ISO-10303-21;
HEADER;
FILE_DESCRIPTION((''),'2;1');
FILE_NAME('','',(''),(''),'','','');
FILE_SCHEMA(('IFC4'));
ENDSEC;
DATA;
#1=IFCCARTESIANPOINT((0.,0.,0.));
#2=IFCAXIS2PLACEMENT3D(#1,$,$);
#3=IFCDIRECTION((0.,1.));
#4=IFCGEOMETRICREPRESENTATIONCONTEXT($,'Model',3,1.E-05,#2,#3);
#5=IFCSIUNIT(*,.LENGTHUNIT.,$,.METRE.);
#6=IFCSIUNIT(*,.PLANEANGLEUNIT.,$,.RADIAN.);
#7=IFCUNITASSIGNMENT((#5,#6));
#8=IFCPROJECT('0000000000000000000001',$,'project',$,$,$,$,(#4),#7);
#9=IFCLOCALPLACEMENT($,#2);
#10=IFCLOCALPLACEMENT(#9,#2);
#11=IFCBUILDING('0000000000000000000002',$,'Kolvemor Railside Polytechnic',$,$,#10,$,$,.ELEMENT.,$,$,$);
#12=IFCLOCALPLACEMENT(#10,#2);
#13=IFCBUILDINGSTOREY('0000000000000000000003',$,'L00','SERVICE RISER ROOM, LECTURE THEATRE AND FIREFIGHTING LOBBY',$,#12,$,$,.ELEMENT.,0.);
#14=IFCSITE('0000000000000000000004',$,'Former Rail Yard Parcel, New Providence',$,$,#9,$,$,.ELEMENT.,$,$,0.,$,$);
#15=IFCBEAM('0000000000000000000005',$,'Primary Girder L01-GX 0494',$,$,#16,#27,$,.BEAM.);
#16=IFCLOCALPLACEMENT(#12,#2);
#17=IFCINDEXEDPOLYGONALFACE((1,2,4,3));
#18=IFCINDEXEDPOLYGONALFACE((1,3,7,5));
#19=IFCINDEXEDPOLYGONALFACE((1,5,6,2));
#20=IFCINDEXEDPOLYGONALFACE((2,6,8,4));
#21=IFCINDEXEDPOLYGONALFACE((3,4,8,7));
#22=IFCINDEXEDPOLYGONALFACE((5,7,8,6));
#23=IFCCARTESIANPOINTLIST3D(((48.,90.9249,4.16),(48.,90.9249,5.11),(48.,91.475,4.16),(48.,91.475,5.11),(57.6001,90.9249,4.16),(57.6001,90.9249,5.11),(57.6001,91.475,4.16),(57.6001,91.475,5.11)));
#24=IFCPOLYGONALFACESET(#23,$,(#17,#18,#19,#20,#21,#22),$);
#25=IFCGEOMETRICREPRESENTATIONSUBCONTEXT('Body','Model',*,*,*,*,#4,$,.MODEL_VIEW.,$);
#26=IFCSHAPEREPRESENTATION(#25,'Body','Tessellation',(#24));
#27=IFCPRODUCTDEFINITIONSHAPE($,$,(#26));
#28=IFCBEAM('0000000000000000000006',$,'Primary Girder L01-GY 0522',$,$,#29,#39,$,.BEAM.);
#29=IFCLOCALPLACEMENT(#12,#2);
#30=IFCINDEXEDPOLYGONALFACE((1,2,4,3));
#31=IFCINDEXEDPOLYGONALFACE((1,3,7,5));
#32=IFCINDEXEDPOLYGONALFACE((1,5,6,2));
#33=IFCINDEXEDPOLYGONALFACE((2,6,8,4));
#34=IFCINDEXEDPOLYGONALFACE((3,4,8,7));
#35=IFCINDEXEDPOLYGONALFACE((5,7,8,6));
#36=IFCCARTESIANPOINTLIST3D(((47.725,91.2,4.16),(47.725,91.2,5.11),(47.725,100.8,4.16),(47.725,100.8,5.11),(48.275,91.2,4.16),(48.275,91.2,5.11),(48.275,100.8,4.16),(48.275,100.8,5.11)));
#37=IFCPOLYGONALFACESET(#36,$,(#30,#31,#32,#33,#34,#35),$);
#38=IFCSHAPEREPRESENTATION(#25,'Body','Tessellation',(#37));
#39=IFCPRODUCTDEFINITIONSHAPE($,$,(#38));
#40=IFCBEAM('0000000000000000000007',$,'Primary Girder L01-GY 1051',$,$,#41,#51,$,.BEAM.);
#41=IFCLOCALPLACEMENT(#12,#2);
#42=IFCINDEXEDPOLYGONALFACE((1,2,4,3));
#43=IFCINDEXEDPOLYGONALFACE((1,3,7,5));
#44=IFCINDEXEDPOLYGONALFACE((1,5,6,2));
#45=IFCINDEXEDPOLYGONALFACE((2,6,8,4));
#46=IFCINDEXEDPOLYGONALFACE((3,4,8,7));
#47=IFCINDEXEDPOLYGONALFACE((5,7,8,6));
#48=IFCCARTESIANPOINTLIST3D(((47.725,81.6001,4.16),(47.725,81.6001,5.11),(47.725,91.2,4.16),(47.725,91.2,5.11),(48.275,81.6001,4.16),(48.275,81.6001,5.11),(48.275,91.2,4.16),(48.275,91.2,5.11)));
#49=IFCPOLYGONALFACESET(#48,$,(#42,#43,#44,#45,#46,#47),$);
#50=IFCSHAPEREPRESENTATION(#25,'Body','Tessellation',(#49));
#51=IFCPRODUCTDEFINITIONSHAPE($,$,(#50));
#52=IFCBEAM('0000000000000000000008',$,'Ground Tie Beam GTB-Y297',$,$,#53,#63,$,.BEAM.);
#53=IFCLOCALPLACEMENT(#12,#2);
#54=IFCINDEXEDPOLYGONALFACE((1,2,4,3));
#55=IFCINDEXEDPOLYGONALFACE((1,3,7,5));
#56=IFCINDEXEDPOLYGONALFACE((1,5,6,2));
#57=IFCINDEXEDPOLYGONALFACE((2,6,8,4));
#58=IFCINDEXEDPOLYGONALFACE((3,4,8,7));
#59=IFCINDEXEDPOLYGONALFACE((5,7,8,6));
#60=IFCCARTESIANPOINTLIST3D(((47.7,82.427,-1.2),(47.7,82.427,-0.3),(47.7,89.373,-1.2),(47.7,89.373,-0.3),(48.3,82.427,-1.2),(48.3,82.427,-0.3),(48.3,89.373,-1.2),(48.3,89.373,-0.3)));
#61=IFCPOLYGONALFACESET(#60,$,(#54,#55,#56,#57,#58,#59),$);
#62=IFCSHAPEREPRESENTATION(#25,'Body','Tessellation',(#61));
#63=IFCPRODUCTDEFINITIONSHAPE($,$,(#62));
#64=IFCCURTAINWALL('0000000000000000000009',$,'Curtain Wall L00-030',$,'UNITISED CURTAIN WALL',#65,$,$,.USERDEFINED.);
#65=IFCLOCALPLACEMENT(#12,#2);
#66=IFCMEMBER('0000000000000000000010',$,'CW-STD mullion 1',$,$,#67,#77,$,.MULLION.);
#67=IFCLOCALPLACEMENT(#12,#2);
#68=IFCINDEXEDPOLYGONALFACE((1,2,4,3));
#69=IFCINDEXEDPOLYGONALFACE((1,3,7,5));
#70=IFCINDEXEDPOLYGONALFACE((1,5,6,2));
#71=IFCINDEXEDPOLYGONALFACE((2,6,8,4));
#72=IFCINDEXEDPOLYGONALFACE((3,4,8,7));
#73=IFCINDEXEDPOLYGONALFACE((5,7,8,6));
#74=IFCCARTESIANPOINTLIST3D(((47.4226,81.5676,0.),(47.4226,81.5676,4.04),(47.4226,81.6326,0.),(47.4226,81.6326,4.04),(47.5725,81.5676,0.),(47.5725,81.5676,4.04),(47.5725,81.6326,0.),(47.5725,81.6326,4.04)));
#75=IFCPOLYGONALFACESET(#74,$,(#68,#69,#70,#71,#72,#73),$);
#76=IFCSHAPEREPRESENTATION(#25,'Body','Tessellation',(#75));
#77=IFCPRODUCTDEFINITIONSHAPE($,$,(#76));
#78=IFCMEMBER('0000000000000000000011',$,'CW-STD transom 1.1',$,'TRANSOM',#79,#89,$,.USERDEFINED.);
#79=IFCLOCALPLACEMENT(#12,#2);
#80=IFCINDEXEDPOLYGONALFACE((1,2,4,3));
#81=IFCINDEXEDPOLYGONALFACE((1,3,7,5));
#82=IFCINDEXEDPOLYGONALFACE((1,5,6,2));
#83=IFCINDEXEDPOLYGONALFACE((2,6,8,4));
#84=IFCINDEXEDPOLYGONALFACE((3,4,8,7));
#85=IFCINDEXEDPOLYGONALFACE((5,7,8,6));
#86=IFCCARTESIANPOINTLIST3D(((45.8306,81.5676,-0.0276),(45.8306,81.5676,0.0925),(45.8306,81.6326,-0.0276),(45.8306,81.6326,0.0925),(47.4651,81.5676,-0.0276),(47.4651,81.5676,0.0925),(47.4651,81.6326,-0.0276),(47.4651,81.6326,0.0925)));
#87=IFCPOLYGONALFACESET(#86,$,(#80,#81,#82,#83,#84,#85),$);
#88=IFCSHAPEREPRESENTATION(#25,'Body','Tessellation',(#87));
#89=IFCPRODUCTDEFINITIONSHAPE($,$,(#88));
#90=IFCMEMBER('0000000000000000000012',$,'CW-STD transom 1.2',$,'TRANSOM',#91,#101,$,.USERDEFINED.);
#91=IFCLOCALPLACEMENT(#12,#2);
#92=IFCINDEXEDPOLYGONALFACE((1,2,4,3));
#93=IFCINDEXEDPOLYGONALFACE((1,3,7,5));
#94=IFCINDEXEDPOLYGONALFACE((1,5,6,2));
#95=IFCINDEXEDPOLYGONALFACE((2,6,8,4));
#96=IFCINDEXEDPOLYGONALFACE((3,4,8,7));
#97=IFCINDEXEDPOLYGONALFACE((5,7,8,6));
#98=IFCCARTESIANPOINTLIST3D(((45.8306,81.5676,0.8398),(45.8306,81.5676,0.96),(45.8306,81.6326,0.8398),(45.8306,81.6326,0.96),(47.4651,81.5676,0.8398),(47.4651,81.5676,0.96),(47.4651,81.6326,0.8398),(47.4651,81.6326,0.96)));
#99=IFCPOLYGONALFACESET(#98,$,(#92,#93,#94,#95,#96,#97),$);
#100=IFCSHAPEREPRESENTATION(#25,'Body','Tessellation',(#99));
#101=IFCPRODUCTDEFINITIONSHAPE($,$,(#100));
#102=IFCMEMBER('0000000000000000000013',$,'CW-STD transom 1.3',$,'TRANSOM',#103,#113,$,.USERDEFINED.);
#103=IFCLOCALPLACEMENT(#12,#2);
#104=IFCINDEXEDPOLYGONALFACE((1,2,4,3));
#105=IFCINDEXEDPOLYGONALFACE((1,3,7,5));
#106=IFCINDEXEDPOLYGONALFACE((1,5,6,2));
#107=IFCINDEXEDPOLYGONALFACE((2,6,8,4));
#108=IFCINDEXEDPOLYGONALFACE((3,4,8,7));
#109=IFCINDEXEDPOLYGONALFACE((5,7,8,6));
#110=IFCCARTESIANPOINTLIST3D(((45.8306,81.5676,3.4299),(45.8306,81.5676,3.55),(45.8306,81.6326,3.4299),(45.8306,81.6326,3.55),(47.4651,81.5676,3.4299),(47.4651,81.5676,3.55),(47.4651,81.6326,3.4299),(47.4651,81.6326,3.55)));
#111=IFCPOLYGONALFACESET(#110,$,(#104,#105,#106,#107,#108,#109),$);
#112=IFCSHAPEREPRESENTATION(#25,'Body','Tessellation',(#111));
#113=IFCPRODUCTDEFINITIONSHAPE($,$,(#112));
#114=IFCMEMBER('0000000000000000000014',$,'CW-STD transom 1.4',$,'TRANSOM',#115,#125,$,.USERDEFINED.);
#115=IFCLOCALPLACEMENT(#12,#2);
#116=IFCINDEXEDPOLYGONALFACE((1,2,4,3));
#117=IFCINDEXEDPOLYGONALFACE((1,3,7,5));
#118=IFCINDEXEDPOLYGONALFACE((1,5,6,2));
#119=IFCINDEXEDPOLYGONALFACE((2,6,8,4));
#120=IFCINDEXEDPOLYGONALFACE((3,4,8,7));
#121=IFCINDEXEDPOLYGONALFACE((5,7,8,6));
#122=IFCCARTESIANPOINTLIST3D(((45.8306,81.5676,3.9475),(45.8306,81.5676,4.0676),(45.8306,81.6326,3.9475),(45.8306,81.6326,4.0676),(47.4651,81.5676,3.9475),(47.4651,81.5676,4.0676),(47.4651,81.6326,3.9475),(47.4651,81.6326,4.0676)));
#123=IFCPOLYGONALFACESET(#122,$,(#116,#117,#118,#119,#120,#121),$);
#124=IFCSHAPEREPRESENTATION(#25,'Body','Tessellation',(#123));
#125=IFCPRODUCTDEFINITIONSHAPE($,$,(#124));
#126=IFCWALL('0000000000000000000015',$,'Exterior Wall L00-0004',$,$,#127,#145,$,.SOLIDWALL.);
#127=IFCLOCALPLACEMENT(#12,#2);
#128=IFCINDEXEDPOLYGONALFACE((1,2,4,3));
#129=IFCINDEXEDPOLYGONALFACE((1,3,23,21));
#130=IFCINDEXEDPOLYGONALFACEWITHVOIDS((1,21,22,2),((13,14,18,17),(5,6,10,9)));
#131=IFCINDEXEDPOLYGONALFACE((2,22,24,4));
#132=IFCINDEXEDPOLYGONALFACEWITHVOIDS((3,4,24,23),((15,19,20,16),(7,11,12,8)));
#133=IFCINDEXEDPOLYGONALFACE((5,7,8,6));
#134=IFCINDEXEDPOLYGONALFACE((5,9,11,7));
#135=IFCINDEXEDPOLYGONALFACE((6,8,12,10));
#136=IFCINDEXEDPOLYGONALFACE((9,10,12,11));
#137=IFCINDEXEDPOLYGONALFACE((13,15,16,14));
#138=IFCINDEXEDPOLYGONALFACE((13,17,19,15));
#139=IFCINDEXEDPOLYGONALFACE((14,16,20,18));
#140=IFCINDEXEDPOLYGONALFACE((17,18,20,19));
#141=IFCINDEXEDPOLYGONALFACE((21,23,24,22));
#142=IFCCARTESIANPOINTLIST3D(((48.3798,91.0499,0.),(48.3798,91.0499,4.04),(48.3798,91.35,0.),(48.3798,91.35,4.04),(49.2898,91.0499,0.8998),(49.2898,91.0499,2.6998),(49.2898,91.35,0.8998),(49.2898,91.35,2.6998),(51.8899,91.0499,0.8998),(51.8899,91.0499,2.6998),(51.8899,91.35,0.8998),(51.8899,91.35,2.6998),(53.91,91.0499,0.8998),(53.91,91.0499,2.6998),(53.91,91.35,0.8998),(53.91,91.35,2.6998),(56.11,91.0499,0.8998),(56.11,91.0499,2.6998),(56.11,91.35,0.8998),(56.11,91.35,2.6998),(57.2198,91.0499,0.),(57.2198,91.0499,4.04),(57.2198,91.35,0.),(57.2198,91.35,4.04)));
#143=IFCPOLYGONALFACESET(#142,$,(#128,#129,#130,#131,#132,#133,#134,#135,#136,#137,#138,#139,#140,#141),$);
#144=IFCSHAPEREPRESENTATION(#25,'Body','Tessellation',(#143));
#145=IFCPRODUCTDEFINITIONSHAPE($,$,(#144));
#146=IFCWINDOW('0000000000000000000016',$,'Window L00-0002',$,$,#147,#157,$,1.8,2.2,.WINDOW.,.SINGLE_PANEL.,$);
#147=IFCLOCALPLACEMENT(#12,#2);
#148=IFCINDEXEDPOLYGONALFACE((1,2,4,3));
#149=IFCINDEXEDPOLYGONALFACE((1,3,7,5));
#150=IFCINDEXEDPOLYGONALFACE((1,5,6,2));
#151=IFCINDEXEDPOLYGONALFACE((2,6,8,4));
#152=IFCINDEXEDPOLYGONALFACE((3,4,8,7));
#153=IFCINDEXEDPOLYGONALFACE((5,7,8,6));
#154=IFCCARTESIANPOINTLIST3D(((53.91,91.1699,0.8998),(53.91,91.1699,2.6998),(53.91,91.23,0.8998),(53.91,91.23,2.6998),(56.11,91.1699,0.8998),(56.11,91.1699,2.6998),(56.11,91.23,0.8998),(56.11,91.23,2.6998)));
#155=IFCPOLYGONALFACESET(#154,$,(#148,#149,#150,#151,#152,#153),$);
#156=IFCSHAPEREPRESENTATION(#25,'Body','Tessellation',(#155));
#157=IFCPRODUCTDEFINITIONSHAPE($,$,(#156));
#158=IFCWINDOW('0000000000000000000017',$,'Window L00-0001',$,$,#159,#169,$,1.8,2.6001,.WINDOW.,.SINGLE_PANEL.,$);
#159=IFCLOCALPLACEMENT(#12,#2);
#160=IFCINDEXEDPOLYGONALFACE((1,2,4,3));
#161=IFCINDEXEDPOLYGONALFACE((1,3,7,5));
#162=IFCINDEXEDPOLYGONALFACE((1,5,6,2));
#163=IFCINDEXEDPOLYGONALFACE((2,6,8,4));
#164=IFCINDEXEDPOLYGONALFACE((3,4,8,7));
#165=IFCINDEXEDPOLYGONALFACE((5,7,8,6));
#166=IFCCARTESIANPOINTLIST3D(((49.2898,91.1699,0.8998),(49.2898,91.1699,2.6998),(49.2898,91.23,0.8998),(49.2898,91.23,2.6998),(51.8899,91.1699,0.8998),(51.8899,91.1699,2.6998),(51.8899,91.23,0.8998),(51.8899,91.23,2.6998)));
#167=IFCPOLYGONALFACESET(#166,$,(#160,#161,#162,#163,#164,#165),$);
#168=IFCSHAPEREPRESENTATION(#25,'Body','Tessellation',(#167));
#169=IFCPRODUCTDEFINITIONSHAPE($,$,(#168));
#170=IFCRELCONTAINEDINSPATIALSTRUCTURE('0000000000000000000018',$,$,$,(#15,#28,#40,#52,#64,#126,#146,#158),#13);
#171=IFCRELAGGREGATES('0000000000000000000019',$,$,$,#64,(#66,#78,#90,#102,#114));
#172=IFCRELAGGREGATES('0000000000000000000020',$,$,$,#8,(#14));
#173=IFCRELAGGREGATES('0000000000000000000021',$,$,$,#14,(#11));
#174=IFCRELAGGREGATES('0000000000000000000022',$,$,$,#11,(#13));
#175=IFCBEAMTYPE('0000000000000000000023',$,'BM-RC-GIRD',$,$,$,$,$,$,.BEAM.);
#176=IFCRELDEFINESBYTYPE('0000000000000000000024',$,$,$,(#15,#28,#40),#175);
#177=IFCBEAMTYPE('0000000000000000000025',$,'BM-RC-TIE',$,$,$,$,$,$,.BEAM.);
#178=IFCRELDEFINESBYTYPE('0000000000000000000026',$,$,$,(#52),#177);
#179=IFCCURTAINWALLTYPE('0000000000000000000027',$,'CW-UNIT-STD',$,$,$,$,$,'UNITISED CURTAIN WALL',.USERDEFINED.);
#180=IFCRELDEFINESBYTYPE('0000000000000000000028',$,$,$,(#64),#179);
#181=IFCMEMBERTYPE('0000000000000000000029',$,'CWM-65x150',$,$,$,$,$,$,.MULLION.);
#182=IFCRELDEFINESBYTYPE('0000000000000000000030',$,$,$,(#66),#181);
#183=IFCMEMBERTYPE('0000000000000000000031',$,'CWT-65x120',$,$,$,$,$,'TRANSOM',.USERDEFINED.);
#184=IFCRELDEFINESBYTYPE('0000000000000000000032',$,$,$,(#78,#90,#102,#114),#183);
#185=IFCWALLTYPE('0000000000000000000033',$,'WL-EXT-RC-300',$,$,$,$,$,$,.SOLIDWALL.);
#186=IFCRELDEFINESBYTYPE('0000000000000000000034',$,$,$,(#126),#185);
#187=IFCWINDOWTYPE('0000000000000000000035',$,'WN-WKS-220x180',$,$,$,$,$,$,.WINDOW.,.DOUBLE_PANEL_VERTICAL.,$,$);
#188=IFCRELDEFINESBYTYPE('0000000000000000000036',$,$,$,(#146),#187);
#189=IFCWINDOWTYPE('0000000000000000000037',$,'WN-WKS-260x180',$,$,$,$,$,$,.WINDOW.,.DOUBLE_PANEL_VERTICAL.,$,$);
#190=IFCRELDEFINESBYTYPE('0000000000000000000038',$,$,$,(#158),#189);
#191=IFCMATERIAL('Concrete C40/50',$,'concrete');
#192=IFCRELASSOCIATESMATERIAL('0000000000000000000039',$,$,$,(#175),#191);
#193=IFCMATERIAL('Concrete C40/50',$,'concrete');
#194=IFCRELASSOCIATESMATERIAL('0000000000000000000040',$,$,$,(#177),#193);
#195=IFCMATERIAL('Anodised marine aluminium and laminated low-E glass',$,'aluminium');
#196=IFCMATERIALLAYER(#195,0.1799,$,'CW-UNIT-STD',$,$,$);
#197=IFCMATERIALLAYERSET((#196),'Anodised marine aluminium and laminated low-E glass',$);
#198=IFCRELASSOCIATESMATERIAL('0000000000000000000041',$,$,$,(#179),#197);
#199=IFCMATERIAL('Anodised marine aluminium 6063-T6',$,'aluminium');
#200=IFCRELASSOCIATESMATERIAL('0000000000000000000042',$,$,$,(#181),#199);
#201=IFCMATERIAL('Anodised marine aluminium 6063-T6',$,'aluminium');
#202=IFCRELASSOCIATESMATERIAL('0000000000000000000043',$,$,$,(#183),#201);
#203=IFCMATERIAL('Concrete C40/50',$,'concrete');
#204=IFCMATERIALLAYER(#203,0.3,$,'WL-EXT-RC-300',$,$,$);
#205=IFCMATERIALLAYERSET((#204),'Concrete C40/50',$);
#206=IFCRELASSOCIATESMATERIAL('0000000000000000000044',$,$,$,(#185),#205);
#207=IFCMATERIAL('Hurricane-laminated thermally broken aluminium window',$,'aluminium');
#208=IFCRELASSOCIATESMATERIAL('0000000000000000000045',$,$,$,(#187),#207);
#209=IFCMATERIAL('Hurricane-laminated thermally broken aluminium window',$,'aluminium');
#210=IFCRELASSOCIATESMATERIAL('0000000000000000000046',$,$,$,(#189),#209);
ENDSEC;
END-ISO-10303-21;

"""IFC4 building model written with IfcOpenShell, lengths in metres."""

from ifc_helpers import new_model, si_unit, direction, frame, frame_2d, origin, origin_2d, place, context, subcontext, project, spatial, rectangle, extrude, material, layer, layer_set, material_profile, profile_set, type_object, element, fill, aggregate, save


model = new_model("IFC4")

# Units and contexts
model_context = context("Model", 3, precision=1e-05, world=origin(), true_north=direction((0.0, 1.0)))
body_context = subcontext(model_context, "Body", "Model", "MODEL_VIEW")
ifc_project = project(units=[si_unit("LENGTHUNIT", "METRE"), si_unit("PLANEANGLEUNIT", "RADIAN")], contexts=[model_context])

# Site, building, storey
site_placement = place(None, origin())
site = spatial("IfcSite", under=ifc_project, at=site_placement, Name="Former Rail Yard Parcel, New Providence", CompositionType="ELEMENT", RefElevation=0.0)
building_placement = place(site_placement, origin())
building = spatial("IfcBuilding", under=site, at=building_placement, Name="Kolvemor Railside Polytechnic", CompositionType="ELEMENT")
storey_placement = place(building_placement, origin())
storey = spatial("IfcBuildingStorey", under=building, at=storey_placement, Name="L00", Description="SERVICE RISER ROOM, LECTURE THEATRE AND FIREFIGHTING LOBBY", CompositionType="ELEMENT", Elevation=0.0)

# Beams
ifc_material_1 = material(Name="Concrete C40/50", Category="concrete")
ifc_material_profile_1 = material_profile(ifc_material_1, rectangle(XDim=0.55, YDim=0.95, at=origin_2d()), Name="RC550x950")
ifc_profile_set_1 = profile_set([ifc_material_profile_1], Name="Concrete C40/50")
beam_type_1 = type_object("IfcBeamType", Name="BM-RC-GIRD", PredefinedType="BEAM", material=ifc_profile_set_1)
for number, where, z_axis, x_axis, name in (
    (1, (48.0, 91.2, 4.635), (1.0, 0.0, 0.0), (0.0, 1.0, 0.0), "Primary Girder L01-GX 0494"),
    (2, (48.0, 91.2, 4.635), (0.0, 1.0, 0.0), (-1.0, 0.0, 0.0), "Primary Girder L01-GY 0522"),
):
    element("IfcBeam", number, at=place(storey_placement, frame(where, z_axis=z_axis, x_axis=x_axis)), inside=storey, type_object=beam_type_1, Name=name, PredefinedType="BEAM", context=body_context, shape_type="SweptSolid", body=[
        extrude(rectangle(XDim=0.55, YDim=0.95, at=origin_2d()), origin(), (0.0, 0.0, 1.0), 9.6001),
    ])
beam_1_placement = place(storey_placement, frame((48.0, 81.6001, 4.635), z_axis=(0.0, 1.0, 0.0), x_axis=(-1.0, 0.0, 0.0)))
element("IfcBeam", 3, at=beam_1_placement, inside=storey, type_object=beam_type_1, Name="Primary Girder L01-GY 1051", PredefinedType="BEAM", context=body_context, shape_type="SweptSolid", body=[
    extrude(rectangle(XDim=0.55, YDim=0.95, at=origin_2d()), origin(), (0.0, 0.0, 1.0), 9.5999),
])
ifc_material_2 = material(Name="Concrete C40/50", Category="concrete")
ifc_material_profile_2 = material_profile(ifc_material_2, rectangle(XDim=0.6001, YDim=0.8999, at=origin_2d()), Name="RC600x900")
ifc_profile_set_2 = profile_set([ifc_material_profile_2], Name="Concrete C40/50")
beam_type_2 = type_object("IfcBeamType", Name="BM-RC-TIE", PredefinedType="BEAM", material=ifc_profile_set_2)
beam_2_placement = place(storey_placement, frame((48.0, 82.427, -0.75), z_axis=(0.0, 1.0, 0.0), x_axis=(-1.0, 0.0, 0.0)))
element("IfcBeam", 4, at=beam_2_placement, inside=storey, type_object=beam_type_2, Name="Ground Tie Beam GTB-Y297", PredefinedType="BEAM", context=body_context, shape_type="SweptSolid", body=[
    extrude(rectangle(XDim=0.6001, YDim=0.8999, at=origin_2d()), origin(), (0.0, 0.0, 1.0), 6.946),
])

# Curtain wall, members
ifc_material_3 = material(Name="Anodised marine aluminium and laminated low-E glass", Category="aluminium")
ifc_layer_1 = layer(ifc_material_3, 0.1799, Name="CW-UNIT-STD")
ifc_layer_set_1 = layer_set([ifc_layer_1], Name="Anodised marine aluminium and laminated low-E glass")
curtain_wall_type = type_object("IfcCurtainWallType", Name="CW-UNIT-STD", ElementType="UNITISED CURTAIN WALL", PredefinedType="USERDEFINED", material=ifc_layer_set_1)
curtain_wall_placement = place(storey_placement, origin())
curtain_wall = element("IfcCurtainWall", 5, at=curtain_wall_placement, inside=storey, type_object=curtain_wall_type, Name="Curtain Wall L00-030", ObjectType="UNITISED CURTAIN WALL", PredefinedType="USERDEFINED")
ifc_material_4 = material(Name="Anodised marine aluminium 6063-T6", Category="aluminium")
ifc_material_profile_3 = material_profile(ifc_material_4, rectangle(XDim=0.0649, YDim=0.1499, at=origin_2d()), Name="CW-MUL-65x150")
ifc_profile_set_3 = profile_set([ifc_material_profile_3], Name="Anodised marine aluminium 6063-T6")
member_type_1 = type_object("IfcMemberType", Name="CWM-65x150", PredefinedType="MULLION", material=ifc_profile_set_3)
member_1_placement = place(storey_placement, frame((47.4976, 81.6001, 0.0), z_axis=(0.0, 0.0, 1.0), x_axis=(0.0, -1.0, 0.0)))
member_1 = element("IfcMember", 6, at=member_1_placement, type_object=member_type_1, Name="CW-STD mullion 1", PredefinedType="MULLION", context=body_context, shape_type="SweptSolid", body=[
    extrude(rectangle(XDim=0.0649, YDim=0.1499, at=origin_2d()), origin(), (0.0, 0.0, 1.0), 4.04),
])
ifc_material_5 = material(Name="Anodised marine aluminium 6063-T6", Category="aluminium")
ifc_material_profile_4 = material_profile(ifc_material_5, rectangle(XDim=0.0649, YDim=0.1201, at=origin_2d()), Name="CW-TRN-65x120")
ifc_profile_set_4 = profile_set([ifc_material_profile_4], Name="Anodised marine aluminium 6063-T6")
member_type_2 = type_object("IfcMemberType", Name="CWT-65x120", ElementType="TRANSOM", PredefinedType="USERDEFINED", material=ifc_profile_set_4)
member_2_placement = place(storey_placement, frame((47.4651, 81.6001, 0.0325), z_axis=(-1.0, 0.0, 0.0), x_axis=(0.0, -1.0, 0.0)))
member_2 = element("IfcMember", 7, at=member_2_placement, type_object=member_type_2, Name="CW-STD transom 1.1", ObjectType="TRANSOM", PredefinedType="USERDEFINED", context=body_context, shape_type="SweptSolid", body=[
    extrude(rectangle(XDim=0.0649, YDim=0.1201, at=origin_2d()), origin(), (0.0, 0.0, 1.0), 1.6345),
])
member_3_placement = place(storey_placement, frame((47.4651, 81.6001, 0.8999), z_axis=(-1.0, 0.0, 0.0), x_axis=(0.0, -1.0, 0.0)))
member_3 = element("IfcMember", 8, at=member_3_placement, type_object=member_type_2, Name="CW-STD transom 1.2", ObjectType="TRANSOM", PredefinedType="USERDEFINED", context=body_context, shape_type="SweptSolid", body=[
    extrude(rectangle(XDim=0.0649, YDim=0.1201, at=origin_2d()), origin(), (0.0, 0.0, 1.0), 1.6345),
])
member_4_placement = place(storey_placement, frame((47.4651, 81.6001, 3.49), z_axis=(-1.0, 0.0, 0.0), x_axis=(0.0, -1.0, 0.0)))
member_4 = element("IfcMember", 9, at=member_4_placement, type_object=member_type_2, Name="CW-STD transom 1.3", ObjectType="TRANSOM", PredefinedType="USERDEFINED", context=body_context, shape_type="SweptSolid", body=[
    extrude(rectangle(XDim=0.0649, YDim=0.1201, at=origin_2d()), origin(), (0.0, 0.0, 1.0), 1.6345),
])
member_5_placement = place(storey_placement, frame((47.4651, 81.6001, 4.0076), z_axis=(-1.0, 0.0, 0.0), x_axis=(0.0, -1.0, 0.0)))
member_5 = element("IfcMember", 10, at=member_5_placement, type_object=member_type_2, Name="CW-STD transom 1.4", ObjectType="TRANSOM", PredefinedType="USERDEFINED", context=body_context, shape_type="SweptSolid", body=[
    extrude(rectangle(XDim=0.0649, YDim=0.1201, at=origin_2d()), origin(), (0.0, 0.0, 1.0), 1.6345),
])
aggregate(curtain_wall, [member_1, member_2, member_3, member_4, member_5])

# Wall, openings, windows
ifc_material_6 = material(Name="Concrete C40/50", Category="concrete")
ifc_layer_2 = layer(ifc_material_6, 0.3, Name="WL-EXT-RC-300")
ifc_layer_set_2 = layer_set([ifc_layer_2], Name="Concrete C40/50")
wall_type = type_object("IfcWallType", Name="WL-EXT-RC-300", PredefinedType="SOLIDWALL", material=ifc_layer_set_2)
wall_placement = place(storey_placement, frame((48.3799, 91.2, 0.0), z_axis=(0.0, 0.0, 1.0), x_axis=(1.0, 0.0, 0.0)))
wall = element("IfcWall", 11, at=wall_placement, inside=storey, type_object=wall_type, Name="Exterior Wall L00-0004", PredefinedType="SOLIDWALL", context=body_context, shape_type="SweptSolid", body=[
    extrude(rectangle(XDim=8.8401, YDim=0.3, at=frame_2d((4.4199, 0.0))), origin(), (0.0, 0.0, 1.0), 4.04),
])
opening_1_placement = place(wall_placement, frame((0.9099, 0.0, 0.8999)))
opening_1 = element("IfcOpeningElement", 12, at=opening_1_placement, cuts=wall, PredefinedType="OPENING", context=body_context, shape_type="SweptSolid", body=[
    extrude(rectangle(XDim=2.6001, YDim=1.8, at=frame_2d((1.3, 0.8999))), frame((0.0, 0.1599, 0.0), z_axis=(0.0, -1.0, 0.0), x_axis=(1.0, 0.0, 0.0)), (0.0, 0.0, 1.0), 0.3201),
])
opening_2_placement = place(wall_placement, frame((5.53, 0.0, 0.8999)))
opening_2 = element("IfcOpeningElement", 13, at=opening_2_placement, cuts=wall, PredefinedType="OPENING", context=body_context, shape_type="SweptSolid", body=[
    extrude(rectangle(XDim=2.2, YDim=1.8, at=frame_2d((1.1001, 0.8999))), frame((0.0, 0.1599, 0.0), z_axis=(0.0, -1.0, 0.0), x_axis=(1.0, 0.0, 0.0)), (0.0, 0.0, 1.0), 0.3201),
])
ifc_material_7 = material(Name="Hurricane-laminated thermally broken aluminium window", Category="aluminium")
window_type_1 = type_object("IfcWindowType", Name="WN-WKS-220x180", PartitioningType="DOUBLE_PANEL_VERTICAL", PredefinedType="WINDOW", material=ifc_material_7)
window_1_placement = place(opening_2_placement, origin())
window_1 = element("IfcWindow", 14, at=window_1_placement, inside=storey, type_object=window_type_1, Name="Window L00-0002", OverallHeight=1.8, OverallWidth=2.2, PartitioningType="SINGLE_PANEL", PredefinedType="WINDOW", context=body_context, shape_type="SweptSolid", body=[
    extrude(rectangle(XDim=2.2, YDim=1.8, at=frame_2d((1.1001, 0.8999))), frame((0.0, 0.03, 0.0), z_axis=(0.0, -1.0, 0.0), x_axis=(1.0, 0.0, 0.0)), (0.0, 0.0, 1.0), 0.0601),
])
fill(opening_2, window_1)
ifc_material_8 = material(Name="Hurricane-laminated thermally broken aluminium window", Category="aluminium")
window_type_2 = type_object("IfcWindowType", Name="WN-WKS-260x180", PartitioningType="DOUBLE_PANEL_VERTICAL", PredefinedType="WINDOW", material=ifc_material_8)
window_2_placement = place(opening_1_placement, origin())
window_2 = element("IfcWindow", 15, at=window_2_placement, inside=storey, type_object=window_type_2, Name="Window L00-0001", OverallHeight=1.8, OverallWidth=2.6001, PartitioningType="SINGLE_PANEL", PredefinedType="WINDOW", context=body_context, shape_type="SweptSolid", body=[
    extrude(rectangle(XDim=2.6001, YDim=1.8, at=frame_2d((1.3, 0.8999))), frame((0.0, 0.03, 0.0), z_axis=(0.0, -1.0, 0.0), x_axis=(1.0, 0.0, 0.0)), (0.0, 0.0, 1.0), 0.0601),
])
fill(opening_1, window_2)

save(model, "model.ifc")
